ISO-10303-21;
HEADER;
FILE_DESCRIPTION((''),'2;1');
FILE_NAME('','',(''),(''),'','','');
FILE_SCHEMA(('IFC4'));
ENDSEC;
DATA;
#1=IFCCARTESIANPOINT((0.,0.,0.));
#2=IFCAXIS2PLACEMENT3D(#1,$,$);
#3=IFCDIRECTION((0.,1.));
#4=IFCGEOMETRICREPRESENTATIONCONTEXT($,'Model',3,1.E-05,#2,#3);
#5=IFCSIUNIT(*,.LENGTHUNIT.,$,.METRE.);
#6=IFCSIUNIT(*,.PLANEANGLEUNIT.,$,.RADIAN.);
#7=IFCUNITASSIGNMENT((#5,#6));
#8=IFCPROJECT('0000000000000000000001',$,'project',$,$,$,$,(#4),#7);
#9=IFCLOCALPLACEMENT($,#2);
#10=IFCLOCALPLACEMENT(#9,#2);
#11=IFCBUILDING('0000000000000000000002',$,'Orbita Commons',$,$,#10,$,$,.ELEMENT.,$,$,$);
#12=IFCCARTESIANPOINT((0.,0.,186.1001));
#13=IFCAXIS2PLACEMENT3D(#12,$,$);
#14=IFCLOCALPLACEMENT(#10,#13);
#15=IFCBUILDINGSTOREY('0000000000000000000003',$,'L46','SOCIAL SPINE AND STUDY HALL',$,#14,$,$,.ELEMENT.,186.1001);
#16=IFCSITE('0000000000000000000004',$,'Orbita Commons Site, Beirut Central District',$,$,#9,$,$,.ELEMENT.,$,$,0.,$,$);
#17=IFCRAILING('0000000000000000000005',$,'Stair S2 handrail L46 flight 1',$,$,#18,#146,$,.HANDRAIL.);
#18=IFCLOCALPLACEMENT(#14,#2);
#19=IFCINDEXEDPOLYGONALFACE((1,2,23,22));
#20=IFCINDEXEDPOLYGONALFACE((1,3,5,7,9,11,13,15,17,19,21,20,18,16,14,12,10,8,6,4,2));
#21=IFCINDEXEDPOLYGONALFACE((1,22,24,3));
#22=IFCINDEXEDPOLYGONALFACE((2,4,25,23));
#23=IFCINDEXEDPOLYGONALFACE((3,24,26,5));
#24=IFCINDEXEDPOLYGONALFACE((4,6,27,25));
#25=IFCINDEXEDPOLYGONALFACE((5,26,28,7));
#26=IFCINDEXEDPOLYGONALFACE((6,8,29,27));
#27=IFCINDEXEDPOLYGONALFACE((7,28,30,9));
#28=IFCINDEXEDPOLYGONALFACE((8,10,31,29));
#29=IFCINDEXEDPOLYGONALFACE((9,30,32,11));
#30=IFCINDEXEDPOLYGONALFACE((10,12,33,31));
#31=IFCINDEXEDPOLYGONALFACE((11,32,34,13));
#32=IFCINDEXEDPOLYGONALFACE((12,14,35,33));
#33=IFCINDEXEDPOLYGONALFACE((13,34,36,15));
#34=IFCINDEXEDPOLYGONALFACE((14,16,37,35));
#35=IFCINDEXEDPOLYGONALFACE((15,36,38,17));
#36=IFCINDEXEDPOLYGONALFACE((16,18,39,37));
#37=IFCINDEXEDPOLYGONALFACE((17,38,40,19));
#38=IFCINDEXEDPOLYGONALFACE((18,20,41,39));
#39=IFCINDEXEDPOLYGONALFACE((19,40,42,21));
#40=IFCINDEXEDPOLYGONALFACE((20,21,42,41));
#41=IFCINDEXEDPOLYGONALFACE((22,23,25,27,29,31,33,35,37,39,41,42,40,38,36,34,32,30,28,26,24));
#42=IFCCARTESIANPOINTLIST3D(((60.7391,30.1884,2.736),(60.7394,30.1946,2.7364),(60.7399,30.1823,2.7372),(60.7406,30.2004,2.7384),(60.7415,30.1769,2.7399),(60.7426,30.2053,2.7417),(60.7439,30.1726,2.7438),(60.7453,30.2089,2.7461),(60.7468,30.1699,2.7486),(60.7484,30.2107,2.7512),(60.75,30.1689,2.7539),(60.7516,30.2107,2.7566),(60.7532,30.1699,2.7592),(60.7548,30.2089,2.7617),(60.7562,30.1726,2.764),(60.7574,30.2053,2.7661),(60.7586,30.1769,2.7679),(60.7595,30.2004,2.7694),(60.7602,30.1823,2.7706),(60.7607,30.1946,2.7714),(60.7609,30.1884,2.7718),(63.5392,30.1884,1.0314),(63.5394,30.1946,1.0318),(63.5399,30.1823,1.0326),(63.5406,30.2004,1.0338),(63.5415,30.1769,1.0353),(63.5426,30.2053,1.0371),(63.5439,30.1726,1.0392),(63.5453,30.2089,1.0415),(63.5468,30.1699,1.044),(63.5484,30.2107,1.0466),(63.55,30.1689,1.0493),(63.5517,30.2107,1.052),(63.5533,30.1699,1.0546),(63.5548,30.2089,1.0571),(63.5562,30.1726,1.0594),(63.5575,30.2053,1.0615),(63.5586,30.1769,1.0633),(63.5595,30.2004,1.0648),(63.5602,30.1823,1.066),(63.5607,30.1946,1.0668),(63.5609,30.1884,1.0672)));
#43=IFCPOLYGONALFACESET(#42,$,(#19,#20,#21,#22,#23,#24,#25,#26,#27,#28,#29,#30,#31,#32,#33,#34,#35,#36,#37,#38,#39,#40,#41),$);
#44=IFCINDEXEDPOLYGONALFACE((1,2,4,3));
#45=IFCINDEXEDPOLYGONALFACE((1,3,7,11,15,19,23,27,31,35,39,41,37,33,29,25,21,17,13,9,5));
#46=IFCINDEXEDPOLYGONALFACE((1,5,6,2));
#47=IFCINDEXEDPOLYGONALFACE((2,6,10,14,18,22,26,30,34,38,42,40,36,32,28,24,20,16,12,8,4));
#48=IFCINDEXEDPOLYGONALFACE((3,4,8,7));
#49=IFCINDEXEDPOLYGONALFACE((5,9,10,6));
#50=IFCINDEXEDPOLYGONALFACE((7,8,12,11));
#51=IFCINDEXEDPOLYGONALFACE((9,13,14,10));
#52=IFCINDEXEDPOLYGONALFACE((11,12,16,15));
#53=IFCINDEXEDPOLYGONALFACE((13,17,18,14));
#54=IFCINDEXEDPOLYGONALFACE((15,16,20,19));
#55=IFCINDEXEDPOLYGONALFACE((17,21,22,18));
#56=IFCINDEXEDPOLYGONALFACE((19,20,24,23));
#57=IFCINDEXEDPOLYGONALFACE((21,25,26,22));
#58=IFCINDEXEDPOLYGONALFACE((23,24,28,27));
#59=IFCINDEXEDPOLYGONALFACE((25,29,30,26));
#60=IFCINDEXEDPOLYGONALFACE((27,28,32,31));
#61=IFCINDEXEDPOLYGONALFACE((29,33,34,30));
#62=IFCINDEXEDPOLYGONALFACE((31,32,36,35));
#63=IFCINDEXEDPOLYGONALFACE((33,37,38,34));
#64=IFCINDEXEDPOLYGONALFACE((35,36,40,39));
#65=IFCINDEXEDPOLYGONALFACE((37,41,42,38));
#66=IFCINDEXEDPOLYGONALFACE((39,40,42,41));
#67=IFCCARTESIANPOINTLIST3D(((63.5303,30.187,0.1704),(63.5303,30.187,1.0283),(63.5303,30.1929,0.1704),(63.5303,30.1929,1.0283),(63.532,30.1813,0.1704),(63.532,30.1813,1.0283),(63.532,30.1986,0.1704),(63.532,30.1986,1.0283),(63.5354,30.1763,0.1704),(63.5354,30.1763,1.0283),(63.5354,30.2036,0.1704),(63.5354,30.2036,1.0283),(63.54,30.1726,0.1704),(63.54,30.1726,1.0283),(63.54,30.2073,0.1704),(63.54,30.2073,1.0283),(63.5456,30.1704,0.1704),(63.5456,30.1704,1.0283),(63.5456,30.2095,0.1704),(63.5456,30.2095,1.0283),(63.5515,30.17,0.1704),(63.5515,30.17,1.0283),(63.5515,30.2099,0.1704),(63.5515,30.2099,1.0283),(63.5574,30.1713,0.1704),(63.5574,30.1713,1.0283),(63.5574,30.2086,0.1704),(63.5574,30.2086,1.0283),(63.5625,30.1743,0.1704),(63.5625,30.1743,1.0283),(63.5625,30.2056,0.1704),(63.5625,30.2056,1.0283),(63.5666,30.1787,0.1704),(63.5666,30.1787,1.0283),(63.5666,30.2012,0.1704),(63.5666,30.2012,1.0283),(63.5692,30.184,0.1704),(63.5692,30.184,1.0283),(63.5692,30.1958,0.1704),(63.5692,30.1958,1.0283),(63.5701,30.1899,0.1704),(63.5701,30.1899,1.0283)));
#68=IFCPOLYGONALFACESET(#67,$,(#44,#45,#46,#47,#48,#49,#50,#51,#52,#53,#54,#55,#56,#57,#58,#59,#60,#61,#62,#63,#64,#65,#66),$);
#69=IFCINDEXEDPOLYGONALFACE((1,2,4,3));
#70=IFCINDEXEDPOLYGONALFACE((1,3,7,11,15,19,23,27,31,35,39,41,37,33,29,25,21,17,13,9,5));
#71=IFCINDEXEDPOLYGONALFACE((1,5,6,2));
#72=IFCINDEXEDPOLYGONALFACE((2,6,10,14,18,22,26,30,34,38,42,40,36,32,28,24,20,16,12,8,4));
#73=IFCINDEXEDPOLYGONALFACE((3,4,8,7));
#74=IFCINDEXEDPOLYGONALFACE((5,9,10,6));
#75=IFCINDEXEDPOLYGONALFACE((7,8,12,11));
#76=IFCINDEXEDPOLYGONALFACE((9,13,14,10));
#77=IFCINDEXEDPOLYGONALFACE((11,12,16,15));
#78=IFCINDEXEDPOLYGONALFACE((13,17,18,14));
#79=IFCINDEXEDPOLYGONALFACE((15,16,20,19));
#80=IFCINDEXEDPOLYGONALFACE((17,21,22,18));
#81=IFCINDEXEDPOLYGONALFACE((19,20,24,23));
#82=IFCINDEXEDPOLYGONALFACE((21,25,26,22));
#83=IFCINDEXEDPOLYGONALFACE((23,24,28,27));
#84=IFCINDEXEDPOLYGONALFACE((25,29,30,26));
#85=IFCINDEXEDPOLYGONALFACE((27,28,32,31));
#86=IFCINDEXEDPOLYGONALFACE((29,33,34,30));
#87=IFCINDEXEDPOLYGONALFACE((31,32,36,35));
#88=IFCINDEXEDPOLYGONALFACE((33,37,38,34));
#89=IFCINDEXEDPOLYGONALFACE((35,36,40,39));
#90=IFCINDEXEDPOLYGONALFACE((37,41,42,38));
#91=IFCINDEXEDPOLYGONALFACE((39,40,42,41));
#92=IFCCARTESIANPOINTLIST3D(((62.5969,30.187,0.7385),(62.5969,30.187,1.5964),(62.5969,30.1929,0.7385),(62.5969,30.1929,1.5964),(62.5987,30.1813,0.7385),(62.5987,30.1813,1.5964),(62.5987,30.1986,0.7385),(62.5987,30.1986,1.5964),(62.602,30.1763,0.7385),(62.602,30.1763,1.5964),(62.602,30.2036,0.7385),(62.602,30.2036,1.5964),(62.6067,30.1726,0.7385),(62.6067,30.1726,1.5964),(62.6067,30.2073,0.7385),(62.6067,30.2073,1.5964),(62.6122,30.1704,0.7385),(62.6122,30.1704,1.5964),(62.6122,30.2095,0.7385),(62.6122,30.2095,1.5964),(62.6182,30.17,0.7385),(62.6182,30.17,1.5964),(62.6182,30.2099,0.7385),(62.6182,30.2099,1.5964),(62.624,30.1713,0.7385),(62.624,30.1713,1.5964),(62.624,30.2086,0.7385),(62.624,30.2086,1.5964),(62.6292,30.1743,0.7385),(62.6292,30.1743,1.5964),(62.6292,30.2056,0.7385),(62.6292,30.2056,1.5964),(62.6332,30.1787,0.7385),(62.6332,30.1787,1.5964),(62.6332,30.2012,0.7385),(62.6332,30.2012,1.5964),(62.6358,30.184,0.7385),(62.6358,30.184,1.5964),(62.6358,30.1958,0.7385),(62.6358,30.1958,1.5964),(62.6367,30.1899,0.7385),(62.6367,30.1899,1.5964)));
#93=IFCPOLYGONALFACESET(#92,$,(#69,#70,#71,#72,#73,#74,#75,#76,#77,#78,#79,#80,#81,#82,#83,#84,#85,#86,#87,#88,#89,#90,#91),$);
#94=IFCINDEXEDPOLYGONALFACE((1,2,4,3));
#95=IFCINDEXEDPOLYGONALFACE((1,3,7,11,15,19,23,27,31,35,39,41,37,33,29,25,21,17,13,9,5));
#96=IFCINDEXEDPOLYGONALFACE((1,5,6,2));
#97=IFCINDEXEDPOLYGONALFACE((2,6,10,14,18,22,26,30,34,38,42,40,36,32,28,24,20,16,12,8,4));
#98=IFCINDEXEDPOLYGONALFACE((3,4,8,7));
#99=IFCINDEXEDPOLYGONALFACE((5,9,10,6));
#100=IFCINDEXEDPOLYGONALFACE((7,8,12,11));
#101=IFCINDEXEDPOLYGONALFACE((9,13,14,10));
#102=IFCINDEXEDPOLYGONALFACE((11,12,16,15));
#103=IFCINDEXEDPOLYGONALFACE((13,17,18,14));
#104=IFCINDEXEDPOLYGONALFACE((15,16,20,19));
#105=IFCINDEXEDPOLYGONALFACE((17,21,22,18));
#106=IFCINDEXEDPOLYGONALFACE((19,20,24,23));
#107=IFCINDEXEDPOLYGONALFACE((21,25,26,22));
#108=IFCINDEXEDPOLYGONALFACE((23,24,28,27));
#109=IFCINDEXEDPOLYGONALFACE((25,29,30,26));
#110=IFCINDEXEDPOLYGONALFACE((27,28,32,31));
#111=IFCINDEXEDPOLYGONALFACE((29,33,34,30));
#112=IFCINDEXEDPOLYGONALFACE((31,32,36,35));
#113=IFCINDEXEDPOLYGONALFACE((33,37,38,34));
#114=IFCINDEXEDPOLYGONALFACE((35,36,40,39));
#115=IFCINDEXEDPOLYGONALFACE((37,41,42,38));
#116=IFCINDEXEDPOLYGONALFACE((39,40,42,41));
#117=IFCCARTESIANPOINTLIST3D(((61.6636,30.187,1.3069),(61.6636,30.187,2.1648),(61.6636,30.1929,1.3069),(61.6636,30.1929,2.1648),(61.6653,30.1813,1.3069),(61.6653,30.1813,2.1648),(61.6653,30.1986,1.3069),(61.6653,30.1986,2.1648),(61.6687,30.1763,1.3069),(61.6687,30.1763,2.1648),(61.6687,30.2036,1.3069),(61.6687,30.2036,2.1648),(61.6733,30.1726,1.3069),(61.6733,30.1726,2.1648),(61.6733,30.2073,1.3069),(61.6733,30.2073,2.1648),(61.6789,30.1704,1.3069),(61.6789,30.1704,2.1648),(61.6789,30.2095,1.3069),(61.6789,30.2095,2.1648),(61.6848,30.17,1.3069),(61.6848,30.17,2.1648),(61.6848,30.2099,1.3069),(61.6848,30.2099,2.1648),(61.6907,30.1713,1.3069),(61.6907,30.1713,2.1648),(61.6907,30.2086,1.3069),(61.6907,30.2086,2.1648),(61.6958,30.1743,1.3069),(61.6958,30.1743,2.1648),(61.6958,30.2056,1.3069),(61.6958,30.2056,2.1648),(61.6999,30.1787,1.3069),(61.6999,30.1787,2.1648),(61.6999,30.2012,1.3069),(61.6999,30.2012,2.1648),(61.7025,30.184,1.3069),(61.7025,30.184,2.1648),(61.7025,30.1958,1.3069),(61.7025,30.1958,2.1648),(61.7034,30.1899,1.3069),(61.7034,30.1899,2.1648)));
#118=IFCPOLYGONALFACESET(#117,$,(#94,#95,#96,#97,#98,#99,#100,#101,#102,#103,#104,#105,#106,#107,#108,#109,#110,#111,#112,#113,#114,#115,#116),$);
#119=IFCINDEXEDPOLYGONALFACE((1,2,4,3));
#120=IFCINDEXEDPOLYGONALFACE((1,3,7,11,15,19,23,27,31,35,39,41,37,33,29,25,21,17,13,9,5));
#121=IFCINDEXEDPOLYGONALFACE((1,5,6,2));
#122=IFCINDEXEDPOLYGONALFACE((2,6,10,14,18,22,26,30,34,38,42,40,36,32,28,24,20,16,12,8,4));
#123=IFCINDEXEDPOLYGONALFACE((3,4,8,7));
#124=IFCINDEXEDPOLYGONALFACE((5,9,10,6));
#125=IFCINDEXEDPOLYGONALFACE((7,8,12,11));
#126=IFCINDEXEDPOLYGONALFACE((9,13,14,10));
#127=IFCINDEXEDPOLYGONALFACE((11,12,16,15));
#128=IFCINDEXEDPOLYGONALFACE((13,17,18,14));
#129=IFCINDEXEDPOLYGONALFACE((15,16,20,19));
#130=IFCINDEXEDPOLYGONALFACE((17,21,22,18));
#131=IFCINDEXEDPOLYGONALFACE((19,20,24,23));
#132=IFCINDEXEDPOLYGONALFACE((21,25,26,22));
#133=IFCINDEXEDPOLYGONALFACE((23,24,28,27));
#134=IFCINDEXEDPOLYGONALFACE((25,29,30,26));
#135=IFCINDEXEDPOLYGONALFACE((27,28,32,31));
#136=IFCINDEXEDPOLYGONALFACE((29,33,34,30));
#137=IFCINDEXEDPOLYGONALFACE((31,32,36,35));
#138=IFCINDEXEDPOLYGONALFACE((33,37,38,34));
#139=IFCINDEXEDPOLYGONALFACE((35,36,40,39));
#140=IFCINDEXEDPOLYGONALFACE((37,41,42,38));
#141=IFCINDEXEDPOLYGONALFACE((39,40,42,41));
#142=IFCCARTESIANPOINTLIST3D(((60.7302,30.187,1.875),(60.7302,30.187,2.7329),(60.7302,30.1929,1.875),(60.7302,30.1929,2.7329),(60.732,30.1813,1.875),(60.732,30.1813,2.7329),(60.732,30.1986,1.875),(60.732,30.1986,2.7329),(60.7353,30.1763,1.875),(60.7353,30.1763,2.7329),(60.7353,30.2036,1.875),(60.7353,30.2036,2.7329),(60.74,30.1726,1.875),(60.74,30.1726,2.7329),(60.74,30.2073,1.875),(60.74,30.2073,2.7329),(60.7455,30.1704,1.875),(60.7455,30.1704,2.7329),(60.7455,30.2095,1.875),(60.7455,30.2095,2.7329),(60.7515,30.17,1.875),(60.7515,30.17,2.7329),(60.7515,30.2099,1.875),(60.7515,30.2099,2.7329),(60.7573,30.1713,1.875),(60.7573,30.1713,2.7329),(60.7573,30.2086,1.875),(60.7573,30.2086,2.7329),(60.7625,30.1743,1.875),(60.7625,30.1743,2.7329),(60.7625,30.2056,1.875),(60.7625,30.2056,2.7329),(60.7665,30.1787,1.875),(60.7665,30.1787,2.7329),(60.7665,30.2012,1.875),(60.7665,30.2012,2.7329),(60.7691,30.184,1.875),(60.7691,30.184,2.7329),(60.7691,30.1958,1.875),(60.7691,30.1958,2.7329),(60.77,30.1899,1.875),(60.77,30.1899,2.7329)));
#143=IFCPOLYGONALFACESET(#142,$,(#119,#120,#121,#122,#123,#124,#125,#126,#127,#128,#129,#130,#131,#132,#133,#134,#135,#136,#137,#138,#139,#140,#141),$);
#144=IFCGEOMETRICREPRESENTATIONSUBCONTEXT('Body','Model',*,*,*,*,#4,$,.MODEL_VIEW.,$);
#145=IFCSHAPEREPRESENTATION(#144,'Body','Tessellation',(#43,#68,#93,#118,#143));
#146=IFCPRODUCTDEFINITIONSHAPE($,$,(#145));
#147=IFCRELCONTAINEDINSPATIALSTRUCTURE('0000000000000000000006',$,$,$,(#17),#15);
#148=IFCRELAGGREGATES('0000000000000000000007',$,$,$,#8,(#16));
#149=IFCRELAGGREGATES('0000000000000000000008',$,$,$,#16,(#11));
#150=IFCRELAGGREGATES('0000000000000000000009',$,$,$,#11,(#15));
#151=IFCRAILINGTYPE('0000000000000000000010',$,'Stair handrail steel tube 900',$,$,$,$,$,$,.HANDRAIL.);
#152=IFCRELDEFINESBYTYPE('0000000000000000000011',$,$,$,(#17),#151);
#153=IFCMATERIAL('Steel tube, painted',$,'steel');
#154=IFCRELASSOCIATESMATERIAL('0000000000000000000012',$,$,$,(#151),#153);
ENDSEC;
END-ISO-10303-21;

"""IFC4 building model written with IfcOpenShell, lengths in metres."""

from ifc_helpers import new_model, si_unit, direction, frame, origin, origin_2d, place, context, subcontext, project, spatial, circle, extrude, material, type_object, element, save


model = new_model("IFC4")

# Units and contexts
model_context = context("Model", 3, precision=1e-05, world=origin(), true_north=direction((0.0, 1.0)))
body_context = subcontext(model_context, "Body", "Model", "MODEL_VIEW")
ifc_project = project(units=[si_unit("LENGTHUNIT", "METRE"), si_unit("PLANEANGLEUNIT", "RADIAN")], contexts=[model_context])

# Site, building, storey
site_placement = place(None, origin())
site = spatial("IfcSite", under=ifc_project, at=site_placement, Name="Orbita Commons Site, Beirut Central District", CompositionType="ELEMENT", RefElevation=0.0)
building_placement = place(site_placement, origin())
building = spatial("IfcBuilding", under=site, at=building_placement, Name="Orbita Commons", CompositionType="ELEMENT")
storey_placement = place(building_placement, frame((0.0, 0.0, 186.1001)))
storey = spatial("IfcBuildingStorey", under=building, at=storey_placement, Name="L46", Description="SOCIAL SPINE AND STUDY HALL", CompositionType="ELEMENT", Elevation=186.1001)

# Railing
ifc_material_1 = material(Name="Steel tube, painted", Category="steel")
railing_type = type_object("IfcRailingType", Name="Stair handrail steel tube 900", PredefinedType="HANDRAIL", material=ifc_material_1)
for number, where, name in (
    (1, (63.55, 30.1899, 0.1704), "Stair S2 handrail L46 flight 1"),
):
    element("IfcRailing", number, at=place(storey_placement, frame(where)), inside=storey, type_object=railing_type, Name=name, PredefinedType="HANDRAIL", context=body_context, shape_type="SweptSolid", body=[
        extrude(circle(Radius=0.021, at=origin_2d()), frame((0.0, 0.0, 0.8789), z_axis=(-0.85417, 0.0, 0.519994), x_axis=(0.0, -1.0, 0.0)), (0.0, 0.0, 1.0), 3.2781),
        extrude(circle(Radius=0.02, at=origin_2d()), origin(), (0.0, 0.0, 1.0), 0.8579),
        extrude(circle(Radius=0.02, at=origin_2d()), frame((-0.9333, 0.0, 0.5681)), (0.0, 0.0, 1.0), 0.8579),
        extrude(circle(Radius=0.02, at=origin_2d()), frame((-1.8667, 0.0, 1.1365)), (0.0, 0.0, 1.0), 0.8579),
        extrude(circle(Radius=0.02, at=origin_2d()), frame((-2.8, 0.0, 1.7046)), (0.0, 0.0, 1.0), 0.8579),
    ])

save(model, "model.ifc")
